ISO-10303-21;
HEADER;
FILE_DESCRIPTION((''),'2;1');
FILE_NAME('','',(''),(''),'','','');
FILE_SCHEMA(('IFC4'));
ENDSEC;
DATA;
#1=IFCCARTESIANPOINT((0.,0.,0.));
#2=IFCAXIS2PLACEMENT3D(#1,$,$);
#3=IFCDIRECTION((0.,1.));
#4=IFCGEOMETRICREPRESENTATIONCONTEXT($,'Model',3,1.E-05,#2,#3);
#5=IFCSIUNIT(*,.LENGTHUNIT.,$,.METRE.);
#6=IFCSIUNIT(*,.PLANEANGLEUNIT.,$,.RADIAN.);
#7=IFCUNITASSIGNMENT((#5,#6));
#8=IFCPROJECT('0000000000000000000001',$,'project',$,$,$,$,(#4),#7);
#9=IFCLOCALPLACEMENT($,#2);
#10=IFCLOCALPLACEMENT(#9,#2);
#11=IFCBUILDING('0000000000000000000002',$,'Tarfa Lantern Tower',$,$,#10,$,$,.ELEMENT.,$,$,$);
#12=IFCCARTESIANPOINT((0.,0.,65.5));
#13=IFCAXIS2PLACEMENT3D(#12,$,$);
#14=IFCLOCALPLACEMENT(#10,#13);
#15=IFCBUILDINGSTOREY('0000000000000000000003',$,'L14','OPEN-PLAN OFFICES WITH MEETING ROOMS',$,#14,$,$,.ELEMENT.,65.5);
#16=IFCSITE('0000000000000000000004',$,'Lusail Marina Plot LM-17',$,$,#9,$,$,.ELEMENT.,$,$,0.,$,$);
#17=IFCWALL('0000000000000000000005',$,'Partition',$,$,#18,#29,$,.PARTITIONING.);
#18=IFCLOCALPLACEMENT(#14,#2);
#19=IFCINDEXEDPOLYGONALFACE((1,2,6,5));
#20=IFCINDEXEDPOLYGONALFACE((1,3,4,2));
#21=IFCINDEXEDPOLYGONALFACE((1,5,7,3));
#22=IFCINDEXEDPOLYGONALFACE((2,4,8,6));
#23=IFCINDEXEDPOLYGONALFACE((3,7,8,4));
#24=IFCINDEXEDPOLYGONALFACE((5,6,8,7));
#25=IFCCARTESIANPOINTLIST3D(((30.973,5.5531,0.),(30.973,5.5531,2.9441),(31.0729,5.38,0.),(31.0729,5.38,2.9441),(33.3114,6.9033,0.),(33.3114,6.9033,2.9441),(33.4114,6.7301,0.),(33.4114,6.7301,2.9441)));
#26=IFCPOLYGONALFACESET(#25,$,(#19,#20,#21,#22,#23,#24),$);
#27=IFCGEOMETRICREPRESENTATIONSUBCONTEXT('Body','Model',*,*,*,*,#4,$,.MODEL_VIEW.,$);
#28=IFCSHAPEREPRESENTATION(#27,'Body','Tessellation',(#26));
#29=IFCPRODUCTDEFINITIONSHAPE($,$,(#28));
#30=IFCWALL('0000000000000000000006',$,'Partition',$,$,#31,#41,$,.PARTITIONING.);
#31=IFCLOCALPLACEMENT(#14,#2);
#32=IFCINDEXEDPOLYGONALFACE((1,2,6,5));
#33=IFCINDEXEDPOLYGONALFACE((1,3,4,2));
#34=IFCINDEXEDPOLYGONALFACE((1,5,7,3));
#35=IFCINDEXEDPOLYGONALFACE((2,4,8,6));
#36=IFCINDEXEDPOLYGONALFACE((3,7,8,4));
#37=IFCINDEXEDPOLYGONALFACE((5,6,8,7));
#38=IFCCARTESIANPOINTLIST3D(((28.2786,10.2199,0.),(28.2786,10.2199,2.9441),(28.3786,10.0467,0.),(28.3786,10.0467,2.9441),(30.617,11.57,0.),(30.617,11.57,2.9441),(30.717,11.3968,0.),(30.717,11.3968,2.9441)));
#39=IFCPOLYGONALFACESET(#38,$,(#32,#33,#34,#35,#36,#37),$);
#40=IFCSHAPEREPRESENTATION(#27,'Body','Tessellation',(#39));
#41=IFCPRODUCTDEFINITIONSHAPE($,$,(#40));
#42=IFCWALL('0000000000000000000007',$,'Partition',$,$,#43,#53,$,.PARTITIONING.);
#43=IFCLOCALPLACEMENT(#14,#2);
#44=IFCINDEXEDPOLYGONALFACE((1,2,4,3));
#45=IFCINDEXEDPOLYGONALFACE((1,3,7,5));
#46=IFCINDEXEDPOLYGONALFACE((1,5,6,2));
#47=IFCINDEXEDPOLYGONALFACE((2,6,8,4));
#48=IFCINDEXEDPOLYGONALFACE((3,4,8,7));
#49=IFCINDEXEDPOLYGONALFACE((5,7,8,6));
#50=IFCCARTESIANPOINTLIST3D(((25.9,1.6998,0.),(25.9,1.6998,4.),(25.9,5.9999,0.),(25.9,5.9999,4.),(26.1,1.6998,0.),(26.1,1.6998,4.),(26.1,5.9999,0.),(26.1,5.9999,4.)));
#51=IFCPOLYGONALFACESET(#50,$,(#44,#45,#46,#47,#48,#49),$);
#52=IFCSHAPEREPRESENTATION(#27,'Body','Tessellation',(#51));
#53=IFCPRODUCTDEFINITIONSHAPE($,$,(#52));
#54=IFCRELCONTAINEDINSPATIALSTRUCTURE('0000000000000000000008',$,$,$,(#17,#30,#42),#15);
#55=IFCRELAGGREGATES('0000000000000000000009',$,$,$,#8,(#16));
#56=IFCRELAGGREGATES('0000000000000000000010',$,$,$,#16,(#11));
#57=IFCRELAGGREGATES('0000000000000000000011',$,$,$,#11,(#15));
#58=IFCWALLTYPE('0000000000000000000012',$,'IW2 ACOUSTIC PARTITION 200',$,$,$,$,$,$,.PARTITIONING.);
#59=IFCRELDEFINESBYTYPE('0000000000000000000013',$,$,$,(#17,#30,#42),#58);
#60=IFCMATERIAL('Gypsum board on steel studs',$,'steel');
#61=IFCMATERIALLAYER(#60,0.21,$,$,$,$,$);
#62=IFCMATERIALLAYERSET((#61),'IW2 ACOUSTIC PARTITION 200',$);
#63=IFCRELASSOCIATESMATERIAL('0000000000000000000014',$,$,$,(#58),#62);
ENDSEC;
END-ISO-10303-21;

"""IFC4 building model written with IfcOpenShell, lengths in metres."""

from ifc_helpers import new_model, si_unit, direction, frame, frame_2d, origin, place, context, subcontext, project, spatial, rectangle, extrude, material, layer, layer_set, type_object, element, save


model = new_model("IFC4")

# Units and contexts
model_context = context("Model", 3, precision=1e-05, world=origin(), true_north=direction((0.0, 1.0)))
body_context = subcontext(model_context, "Body", "Model", "MODEL_VIEW")
ifc_project = project(units=[si_unit("LENGTHUNIT", "METRE"), si_unit("PLANEANGLEUNIT", "RADIAN")], contexts=[model_context])

# Site, building, storey
site_placement = place(None, origin())
site = spatial("IfcSite", under=ifc_project, at=site_placement, Name="Lusail Marina Plot LM-17", CompositionType="ELEMENT", RefElevation=0.0)
building_placement = place(site_placement, origin())
building = spatial("IfcBuilding", under=site, at=building_placement, Name="Tarfa Lantern Tower", CompositionType="ELEMENT")
storey_placement = place(building_placement, frame((0.0, 0.0, 65.5)))
storey = spatial("IfcBuildingStorey", under=building, at=storey_placement, Name="L14", Description="OPEN-PLAN OFFICES WITH MEETING ROOMS", CompositionType="ELEMENT", Elevation=65.5)

# Shared definitions
ifc_material_1 = material(Name="Gypsum board on steel studs", Category="steel")
ifc_layer_1 = layer(ifc_material_1, 0.21)
ifc_layer_set_1 = layer_set([ifc_layer_1], Name="IW2 ACOUSTIC PARTITION 200")
wall_type = type_object("IfcWallType", Name="IW2 ACOUSTIC PARTITION 200", PredefinedType="PARTITIONING", material=ifc_layer_set_1)

# Walls
for number, where, z_axis, x_axis, name in (
    (1, (31.0229, 5.4666, 0.0), (0.0, 0.0, 1.0), (0.86602, 0.500009, 0.0), "Partition"),
    (2, (28.3286, 10.1333, 0.0), (0.0, 0.0, 1.0), (0.86602, 0.500009, 0.0), "Partition"),
):
    element("IfcWall", number, at=place(storey_placement, frame(where, z_axis=z_axis, x_axis=x_axis)), inside=storey, type_object=wall_type, Name=name, PredefinedType="PARTITIONING", context=body_context, shape_type="SweptSolid", body=[
        extrude(rectangle(XDim=2.7002, YDim=0.2, at=frame_2d((1.3501, 0.0))), origin(), (0.0, 0.0, 1.0), 2.9441),
    ])
wall_1_placement = place(storey_placement, frame((26.0, 1.7, 0.0), z_axis=(0.0, 0.0, 1.0), x_axis=(0.0, 1.0, 0.0)))
element("IfcWall", 3, at=wall_1_placement, inside=storey, type_object=wall_type, Name="Partition", PredefinedType="PARTITIONING", context=body_context, shape_type="SweptSolid", body=[
    extrude(rectangle(XDim=4.3, YDim=0.2, at=frame_2d((2.1499, 0.0))), origin(), (0.0, 0.0, 1.0), 4.0),
])

save(model, "model.ifc")
